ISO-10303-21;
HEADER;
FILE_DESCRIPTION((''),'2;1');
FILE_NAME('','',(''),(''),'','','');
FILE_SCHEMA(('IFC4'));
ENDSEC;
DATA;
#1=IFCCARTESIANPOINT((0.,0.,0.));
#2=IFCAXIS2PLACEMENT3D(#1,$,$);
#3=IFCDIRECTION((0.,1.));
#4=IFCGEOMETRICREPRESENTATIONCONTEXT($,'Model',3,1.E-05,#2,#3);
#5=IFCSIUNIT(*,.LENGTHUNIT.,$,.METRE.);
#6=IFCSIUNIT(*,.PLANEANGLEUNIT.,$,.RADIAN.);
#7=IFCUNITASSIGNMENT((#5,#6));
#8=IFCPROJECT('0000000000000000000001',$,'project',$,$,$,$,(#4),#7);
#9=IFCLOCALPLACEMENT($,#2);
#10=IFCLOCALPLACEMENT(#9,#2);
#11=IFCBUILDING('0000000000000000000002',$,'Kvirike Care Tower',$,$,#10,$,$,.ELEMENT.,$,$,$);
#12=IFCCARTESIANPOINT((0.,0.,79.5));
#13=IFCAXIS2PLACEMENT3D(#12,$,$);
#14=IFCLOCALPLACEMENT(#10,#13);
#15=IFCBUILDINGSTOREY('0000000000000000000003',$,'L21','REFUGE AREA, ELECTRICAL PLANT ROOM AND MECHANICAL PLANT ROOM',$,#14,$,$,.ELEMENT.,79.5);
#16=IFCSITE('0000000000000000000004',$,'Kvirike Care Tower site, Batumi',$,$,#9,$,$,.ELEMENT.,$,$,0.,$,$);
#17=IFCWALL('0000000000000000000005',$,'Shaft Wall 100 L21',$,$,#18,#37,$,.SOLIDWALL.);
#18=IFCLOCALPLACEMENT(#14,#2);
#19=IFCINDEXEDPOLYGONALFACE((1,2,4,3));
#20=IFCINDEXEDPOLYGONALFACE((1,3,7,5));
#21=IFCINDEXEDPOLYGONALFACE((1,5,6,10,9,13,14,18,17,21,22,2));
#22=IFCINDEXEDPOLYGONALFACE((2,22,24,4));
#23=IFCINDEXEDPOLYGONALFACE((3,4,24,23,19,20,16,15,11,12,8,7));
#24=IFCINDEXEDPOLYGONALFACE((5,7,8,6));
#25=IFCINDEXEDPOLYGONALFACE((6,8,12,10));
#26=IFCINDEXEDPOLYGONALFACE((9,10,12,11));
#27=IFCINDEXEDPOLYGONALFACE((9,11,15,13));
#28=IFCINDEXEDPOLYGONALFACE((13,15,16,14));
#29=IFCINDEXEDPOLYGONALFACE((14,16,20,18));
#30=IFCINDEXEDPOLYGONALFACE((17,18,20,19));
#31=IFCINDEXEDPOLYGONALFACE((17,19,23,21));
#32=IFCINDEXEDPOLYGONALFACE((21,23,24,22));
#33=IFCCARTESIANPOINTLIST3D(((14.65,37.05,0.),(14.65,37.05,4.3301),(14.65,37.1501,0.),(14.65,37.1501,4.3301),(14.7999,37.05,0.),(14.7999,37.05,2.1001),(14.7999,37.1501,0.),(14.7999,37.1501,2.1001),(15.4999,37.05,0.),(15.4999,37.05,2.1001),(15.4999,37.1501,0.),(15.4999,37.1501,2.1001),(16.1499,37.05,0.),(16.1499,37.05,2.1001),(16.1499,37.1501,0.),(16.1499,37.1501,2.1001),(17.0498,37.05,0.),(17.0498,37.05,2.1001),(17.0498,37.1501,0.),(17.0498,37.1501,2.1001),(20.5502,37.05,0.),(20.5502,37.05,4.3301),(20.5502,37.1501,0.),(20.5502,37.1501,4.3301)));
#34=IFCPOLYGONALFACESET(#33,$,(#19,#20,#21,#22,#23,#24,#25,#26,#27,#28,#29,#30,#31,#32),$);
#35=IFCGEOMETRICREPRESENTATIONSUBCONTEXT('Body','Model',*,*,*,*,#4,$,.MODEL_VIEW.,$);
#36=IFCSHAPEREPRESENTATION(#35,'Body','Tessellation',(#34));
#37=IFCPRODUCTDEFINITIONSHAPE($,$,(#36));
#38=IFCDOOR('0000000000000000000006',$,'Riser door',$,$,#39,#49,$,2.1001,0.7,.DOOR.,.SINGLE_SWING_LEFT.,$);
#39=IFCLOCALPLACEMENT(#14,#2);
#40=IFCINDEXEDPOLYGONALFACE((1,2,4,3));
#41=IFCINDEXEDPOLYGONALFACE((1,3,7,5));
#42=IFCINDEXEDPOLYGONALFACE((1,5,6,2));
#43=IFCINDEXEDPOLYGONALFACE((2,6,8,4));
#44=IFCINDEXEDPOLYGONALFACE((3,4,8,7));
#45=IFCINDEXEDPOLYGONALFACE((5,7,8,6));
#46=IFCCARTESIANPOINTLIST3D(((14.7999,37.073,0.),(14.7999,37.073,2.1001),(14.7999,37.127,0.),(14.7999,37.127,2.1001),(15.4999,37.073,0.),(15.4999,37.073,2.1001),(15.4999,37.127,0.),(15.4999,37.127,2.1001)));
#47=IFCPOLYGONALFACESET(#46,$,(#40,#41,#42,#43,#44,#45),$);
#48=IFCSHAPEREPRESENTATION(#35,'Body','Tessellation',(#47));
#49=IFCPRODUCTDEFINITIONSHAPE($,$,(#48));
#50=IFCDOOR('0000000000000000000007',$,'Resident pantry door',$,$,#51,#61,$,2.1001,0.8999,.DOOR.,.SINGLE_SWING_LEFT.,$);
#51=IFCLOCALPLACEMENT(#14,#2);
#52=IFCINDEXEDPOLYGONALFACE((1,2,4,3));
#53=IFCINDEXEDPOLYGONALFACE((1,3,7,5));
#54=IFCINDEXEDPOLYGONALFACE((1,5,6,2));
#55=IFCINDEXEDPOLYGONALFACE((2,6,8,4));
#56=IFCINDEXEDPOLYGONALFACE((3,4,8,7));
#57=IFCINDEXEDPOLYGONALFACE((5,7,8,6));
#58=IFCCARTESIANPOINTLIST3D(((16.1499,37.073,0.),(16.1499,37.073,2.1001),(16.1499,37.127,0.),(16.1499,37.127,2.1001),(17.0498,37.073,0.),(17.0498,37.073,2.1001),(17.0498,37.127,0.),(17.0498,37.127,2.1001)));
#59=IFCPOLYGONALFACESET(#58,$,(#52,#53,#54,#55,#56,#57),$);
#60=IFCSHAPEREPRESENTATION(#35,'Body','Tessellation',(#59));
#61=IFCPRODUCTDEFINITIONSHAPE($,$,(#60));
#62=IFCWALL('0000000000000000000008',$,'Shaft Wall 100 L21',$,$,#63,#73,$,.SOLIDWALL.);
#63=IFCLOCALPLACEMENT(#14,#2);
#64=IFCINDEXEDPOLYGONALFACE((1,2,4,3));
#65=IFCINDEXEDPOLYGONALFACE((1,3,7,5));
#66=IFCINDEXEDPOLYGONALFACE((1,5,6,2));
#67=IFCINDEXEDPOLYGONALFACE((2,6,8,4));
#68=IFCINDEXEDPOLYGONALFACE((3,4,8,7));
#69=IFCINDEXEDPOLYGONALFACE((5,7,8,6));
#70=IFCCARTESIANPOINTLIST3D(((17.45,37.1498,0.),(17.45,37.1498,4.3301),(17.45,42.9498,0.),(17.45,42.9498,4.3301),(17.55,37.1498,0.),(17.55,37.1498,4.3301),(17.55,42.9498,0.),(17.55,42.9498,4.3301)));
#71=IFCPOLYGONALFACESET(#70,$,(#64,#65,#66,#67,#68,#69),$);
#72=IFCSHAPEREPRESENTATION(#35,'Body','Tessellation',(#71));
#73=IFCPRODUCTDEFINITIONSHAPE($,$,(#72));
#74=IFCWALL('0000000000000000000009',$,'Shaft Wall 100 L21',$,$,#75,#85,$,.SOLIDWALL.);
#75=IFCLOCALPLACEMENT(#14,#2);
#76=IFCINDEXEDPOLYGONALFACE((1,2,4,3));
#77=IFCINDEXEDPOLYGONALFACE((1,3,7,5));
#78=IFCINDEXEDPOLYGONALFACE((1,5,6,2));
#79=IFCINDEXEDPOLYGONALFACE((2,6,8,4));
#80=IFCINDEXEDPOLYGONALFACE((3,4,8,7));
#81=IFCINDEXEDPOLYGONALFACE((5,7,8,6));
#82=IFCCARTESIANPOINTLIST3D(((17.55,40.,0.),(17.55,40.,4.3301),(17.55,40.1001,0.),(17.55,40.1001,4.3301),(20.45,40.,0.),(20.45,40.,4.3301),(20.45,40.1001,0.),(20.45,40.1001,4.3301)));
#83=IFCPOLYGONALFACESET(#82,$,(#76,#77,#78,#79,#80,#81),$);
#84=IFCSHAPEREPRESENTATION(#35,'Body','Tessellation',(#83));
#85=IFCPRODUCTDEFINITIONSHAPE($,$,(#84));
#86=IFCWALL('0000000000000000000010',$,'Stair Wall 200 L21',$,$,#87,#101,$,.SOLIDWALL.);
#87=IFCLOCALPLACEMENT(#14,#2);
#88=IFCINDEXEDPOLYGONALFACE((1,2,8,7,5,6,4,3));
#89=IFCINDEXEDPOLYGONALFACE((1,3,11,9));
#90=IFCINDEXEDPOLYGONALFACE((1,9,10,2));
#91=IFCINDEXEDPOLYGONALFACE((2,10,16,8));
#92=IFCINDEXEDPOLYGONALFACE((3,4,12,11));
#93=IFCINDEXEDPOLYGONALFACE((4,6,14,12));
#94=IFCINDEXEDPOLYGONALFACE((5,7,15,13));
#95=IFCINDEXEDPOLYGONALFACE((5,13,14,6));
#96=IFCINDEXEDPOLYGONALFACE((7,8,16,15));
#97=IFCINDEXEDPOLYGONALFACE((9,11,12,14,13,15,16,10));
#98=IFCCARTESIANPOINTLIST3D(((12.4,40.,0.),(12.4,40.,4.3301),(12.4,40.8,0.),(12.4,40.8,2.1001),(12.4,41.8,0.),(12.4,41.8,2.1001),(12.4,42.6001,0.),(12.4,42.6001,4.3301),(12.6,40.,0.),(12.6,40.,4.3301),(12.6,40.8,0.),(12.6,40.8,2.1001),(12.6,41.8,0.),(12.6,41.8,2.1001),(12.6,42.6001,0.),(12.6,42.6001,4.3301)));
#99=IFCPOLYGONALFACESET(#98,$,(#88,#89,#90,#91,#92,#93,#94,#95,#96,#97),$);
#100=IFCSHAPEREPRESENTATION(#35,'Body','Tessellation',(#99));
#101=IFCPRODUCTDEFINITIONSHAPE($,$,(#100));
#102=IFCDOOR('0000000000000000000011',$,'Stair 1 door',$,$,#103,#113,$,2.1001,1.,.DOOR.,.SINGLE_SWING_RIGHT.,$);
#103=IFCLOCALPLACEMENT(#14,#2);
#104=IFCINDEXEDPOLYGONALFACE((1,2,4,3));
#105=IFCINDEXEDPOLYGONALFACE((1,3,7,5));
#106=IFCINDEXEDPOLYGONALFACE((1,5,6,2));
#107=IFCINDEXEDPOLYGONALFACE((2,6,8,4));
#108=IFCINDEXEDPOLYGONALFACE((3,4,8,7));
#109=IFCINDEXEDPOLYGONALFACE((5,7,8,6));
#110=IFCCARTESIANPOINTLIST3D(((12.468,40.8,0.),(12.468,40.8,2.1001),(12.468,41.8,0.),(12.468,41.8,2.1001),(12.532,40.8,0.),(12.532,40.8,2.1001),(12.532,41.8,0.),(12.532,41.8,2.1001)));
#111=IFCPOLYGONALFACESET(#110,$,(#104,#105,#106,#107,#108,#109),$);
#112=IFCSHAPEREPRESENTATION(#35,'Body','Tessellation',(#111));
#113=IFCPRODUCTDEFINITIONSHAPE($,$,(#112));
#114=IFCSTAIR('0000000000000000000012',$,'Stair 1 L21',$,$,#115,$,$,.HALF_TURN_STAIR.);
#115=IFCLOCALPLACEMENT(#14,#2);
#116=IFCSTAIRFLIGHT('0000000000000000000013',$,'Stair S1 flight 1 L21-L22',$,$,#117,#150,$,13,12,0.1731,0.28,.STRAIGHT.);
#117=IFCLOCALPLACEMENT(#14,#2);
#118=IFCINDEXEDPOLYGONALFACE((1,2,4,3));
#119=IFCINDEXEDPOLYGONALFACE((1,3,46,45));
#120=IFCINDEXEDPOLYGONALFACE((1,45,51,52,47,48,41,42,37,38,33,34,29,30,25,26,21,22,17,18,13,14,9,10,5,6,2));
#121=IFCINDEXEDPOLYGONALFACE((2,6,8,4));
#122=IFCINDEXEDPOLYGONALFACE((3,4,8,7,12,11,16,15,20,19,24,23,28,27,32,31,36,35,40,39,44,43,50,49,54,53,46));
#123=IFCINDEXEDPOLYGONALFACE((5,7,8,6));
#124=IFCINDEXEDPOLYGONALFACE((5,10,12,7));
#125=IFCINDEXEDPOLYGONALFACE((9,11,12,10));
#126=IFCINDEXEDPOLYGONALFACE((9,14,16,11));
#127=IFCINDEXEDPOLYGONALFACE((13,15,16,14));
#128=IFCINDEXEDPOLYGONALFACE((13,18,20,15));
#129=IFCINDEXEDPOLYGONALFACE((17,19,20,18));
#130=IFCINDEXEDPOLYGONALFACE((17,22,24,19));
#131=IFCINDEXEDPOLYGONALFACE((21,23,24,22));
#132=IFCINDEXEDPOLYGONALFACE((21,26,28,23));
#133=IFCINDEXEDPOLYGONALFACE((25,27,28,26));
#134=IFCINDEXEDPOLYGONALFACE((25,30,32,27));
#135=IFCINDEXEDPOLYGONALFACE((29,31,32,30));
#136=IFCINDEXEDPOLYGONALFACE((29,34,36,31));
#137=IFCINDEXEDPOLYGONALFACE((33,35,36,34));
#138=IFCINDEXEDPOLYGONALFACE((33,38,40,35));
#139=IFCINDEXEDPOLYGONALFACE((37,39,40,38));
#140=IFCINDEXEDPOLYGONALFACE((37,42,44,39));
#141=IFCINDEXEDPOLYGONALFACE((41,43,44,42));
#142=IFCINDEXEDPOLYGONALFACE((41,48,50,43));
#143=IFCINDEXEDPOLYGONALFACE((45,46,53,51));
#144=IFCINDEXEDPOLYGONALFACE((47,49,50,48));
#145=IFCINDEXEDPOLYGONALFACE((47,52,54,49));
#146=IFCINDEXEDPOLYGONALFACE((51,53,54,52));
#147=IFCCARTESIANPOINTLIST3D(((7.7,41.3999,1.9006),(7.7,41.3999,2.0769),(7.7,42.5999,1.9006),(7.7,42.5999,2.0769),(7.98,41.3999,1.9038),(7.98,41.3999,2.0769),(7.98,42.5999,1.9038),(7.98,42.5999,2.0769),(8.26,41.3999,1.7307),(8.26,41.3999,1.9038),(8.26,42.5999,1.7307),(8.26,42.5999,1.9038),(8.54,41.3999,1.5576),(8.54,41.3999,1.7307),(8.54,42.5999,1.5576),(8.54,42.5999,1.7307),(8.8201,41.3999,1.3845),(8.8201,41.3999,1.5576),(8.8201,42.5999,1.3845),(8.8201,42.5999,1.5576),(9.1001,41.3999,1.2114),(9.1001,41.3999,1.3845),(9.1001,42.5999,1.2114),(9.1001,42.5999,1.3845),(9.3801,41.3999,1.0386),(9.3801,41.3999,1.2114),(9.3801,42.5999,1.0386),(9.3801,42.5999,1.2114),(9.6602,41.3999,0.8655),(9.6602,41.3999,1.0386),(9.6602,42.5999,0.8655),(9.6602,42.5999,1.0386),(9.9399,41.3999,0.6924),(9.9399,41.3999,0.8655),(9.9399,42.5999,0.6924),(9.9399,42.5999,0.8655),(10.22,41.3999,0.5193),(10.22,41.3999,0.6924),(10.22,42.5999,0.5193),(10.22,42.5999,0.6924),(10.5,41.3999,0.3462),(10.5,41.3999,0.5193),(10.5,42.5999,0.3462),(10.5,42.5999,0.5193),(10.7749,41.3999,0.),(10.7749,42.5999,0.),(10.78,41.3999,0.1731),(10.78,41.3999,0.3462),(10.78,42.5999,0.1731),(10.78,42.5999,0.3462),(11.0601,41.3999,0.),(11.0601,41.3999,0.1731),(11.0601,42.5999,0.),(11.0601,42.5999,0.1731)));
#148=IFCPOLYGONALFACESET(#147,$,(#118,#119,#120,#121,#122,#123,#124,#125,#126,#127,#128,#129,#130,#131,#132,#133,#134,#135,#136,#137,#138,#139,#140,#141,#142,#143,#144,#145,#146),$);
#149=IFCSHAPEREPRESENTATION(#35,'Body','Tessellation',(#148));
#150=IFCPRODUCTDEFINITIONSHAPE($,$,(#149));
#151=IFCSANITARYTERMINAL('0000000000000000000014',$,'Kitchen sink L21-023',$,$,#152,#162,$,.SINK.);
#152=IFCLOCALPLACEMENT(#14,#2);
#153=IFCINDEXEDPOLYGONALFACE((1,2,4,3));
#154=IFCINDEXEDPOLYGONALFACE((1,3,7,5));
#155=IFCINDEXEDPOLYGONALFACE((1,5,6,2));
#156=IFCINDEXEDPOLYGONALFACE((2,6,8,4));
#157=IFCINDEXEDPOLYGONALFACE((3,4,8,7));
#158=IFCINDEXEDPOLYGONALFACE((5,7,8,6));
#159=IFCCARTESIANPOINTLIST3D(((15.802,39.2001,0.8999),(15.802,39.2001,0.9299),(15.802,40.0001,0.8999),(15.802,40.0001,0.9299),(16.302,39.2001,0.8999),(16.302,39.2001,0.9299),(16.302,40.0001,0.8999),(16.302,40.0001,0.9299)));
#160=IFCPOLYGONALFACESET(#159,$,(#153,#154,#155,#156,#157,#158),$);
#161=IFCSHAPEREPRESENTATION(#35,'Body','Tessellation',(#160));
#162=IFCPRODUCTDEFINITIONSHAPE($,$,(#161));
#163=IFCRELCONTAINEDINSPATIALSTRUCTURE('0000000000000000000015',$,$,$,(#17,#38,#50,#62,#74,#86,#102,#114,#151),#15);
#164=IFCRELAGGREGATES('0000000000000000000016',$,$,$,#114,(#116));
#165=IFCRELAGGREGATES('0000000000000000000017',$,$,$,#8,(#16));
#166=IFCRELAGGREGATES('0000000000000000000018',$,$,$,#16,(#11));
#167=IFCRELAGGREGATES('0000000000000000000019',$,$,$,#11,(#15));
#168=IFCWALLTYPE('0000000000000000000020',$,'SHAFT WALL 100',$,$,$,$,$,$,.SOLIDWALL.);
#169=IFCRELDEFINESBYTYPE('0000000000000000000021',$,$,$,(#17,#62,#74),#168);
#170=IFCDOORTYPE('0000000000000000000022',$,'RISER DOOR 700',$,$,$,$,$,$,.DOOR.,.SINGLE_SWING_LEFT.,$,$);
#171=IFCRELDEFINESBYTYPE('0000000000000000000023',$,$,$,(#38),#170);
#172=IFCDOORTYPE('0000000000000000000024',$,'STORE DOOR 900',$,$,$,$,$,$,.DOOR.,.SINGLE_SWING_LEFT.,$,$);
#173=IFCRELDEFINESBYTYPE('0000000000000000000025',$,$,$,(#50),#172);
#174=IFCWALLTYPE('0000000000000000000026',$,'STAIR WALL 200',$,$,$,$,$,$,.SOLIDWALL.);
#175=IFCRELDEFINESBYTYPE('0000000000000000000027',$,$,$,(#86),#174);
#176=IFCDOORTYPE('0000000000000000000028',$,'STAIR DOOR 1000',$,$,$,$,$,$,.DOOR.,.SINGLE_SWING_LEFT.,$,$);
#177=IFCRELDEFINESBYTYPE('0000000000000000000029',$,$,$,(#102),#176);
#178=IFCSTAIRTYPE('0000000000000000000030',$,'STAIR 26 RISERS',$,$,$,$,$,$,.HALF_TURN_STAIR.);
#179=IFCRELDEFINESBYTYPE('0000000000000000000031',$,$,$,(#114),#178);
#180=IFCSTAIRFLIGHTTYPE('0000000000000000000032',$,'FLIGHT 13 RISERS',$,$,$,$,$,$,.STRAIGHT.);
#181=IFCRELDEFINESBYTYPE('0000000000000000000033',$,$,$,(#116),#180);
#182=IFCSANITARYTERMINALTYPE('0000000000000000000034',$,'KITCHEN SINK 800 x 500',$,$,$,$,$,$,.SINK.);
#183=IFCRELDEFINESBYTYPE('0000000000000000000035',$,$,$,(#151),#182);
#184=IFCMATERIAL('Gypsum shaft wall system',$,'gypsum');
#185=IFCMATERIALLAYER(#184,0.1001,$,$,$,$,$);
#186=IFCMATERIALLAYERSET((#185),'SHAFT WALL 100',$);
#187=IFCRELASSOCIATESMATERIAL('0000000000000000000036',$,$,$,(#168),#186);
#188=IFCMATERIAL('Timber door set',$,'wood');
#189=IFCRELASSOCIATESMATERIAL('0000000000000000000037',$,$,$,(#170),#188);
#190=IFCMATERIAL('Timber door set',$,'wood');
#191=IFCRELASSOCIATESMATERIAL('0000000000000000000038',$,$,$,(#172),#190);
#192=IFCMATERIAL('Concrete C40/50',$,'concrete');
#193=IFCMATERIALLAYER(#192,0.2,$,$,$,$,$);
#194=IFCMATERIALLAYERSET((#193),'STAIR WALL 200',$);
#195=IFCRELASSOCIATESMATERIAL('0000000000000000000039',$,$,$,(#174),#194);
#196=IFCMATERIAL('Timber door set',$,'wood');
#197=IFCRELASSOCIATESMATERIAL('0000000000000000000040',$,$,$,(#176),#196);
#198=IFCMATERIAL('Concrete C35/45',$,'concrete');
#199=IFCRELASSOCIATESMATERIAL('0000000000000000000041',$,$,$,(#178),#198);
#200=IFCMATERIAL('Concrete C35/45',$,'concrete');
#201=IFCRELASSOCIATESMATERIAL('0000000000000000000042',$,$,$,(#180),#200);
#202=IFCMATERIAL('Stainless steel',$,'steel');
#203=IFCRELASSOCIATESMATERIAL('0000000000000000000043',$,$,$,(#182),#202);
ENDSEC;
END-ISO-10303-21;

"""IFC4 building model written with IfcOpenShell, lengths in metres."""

from ifc_helpers import new_model, si_unit, direction, frame, frame_2d, origin, origin_2d, place, context, subcontext, project, spatial, polyline, rectangle, outline, extrude, material, layer, layer_set, type_object, element, fill, aggregate, save


model = new_model("IFC4")

# Units and contexts
model_context = context("Model", 3, precision=1e-05, world=origin(), true_north=direction((0.0, 1.0)))
body_context = subcontext(model_context, "Body", "Model", "MODEL_VIEW")
ifc_project = project(units=[si_unit("LENGTHUNIT", "METRE"), si_unit("PLANEANGLEUNIT", "RADIAN")], contexts=[model_context])

# Site, building, storey
site_placement = place(None, origin())
site = spatial("IfcSite", under=ifc_project, at=site_placement, Name="Kvirike Care Tower site, Batumi", CompositionType="ELEMENT", RefElevation=0.0)
building_placement = place(site_placement, origin())
building = spatial("IfcBuilding", under=site, at=building_placement, Name="Kvirike Care Tower", CompositionType="ELEMENT")
storey_placement = place(building_placement, frame((0.0, 0.0, 79.5)))
storey = spatial("IfcBuildingStorey", under=building, at=storey_placement, Name="L21", Description="REFUGE AREA, ELECTRICAL PLANT ROOM AND MECHANICAL PLANT ROOM", CompositionType="ELEMENT", Elevation=79.5)

# Shared definitions
ifc_material_1 = material(Name="Gypsum shaft wall system", Category="gypsum")
ifc_layer_1 = layer(ifc_material_1, 0.1001)
ifc_layer_set_1 = layer_set([ifc_layer_1], Name="SHAFT WALL 100")
wall_type_1 = type_object("IfcWallType", Name="SHAFT WALL 100", PredefinedType="SOLIDWALL", material=ifc_layer_set_1)

# Shared definitions
ifc_material_2 = material(Name="Timber door set", Category="wood")
door_type_1 = type_object("IfcDoorType", Name="RISER DOOR 700", OperationType="SINGLE_SWING_LEFT", PredefinedType="DOOR", material=ifc_material_2)

# Wall, openings, doors
wall_1_placement = place(storey_placement, frame((14.6499, 37.1001, 0.0), z_axis=(0.0, 0.0, 1.0), x_axis=(1.0, 0.0, 0.0)))
wall_1 = element("IfcWall", 1, at=wall_1_placement, inside=storey, type_object=wall_type_1, Name="Shaft Wall 100 L21", PredefinedType="SOLIDWALL", context=body_context, shape_type="SweptSolid", body=[
    extrude(rectangle(XDim=5.9001, YDim=0.1001, at=frame_2d((2.9502, 0.0))), origin(), (0.0, 0.0, 1.0), 4.3301),
])
opening_1_placement = place(wall_1_placement, frame((0.1499, 0.0, 0.0)))
opening_1 = element("IfcOpeningElement", 2, at=opening_1_placement, cuts=wall_1, PredefinedType="OPENING", context=body_context, shape_type="SweptSolid", body=[
    extrude(rectangle(XDim=0.7, YDim=2.1001, at=frame_2d((0.3501, 1.05))), frame((0.0, 0.0605, 0.0), z_axis=(0.0, -1.0, 0.0), x_axis=(1.0, 0.0, 0.0)), (0.0, 0.0, 1.0), 0.1211),
])
opening_2_placement = place(wall_1_placement, frame((1.5, 0.0, 0.0)))
opening_2 = element("IfcOpeningElement", 3, at=opening_2_placement, cuts=wall_1, PredefinedType="OPENING", context=body_context, shape_type="SweptSolid", body=[
    extrude(rectangle(XDim=0.8999, YDim=2.1001, at=frame_2d((0.45, 1.05))), frame((0.0, 0.0605, 0.0), z_axis=(0.0, -1.0, 0.0), x_axis=(1.0, 0.0, 0.0)), (0.0, 0.0, 1.0), 0.1211),
])
door_1_placement = place(opening_1_placement, origin())
door_1 = element("IfcDoor", 4, at=door_1_placement, inside=storey, type_object=door_type_1, Name="Riser door", OperationType="SINGLE_SWING_LEFT", OverallHeight=2.1001, OverallWidth=0.7, PredefinedType="DOOR", context=body_context, shape_type="SweptSolid", body=[
    extrude(rectangle(XDim=0.7, YDim=2.1001, at=frame_2d((0.3501, 1.05))), frame((0.0, 0.0269, 0.0), z_axis=(0.0, -1.0, 0.0), x_axis=(1.0, 0.0, 0.0)), (0.0, 0.0, 1.0), 0.054),
])
fill(opening_1, door_1)
ifc_material_3 = material(Name="Timber door set", Category="wood")
door_type_2 = type_object("IfcDoorType", Name="STORE DOOR 900", OperationType="SINGLE_SWING_LEFT", PredefinedType="DOOR", material=ifc_material_3)
door_2_placement = place(opening_2_placement, origin())
door_2 = element("IfcDoor", 5, at=door_2_placement, inside=storey, type_object=door_type_2, Name="Resident pantry door", OperationType="SINGLE_SWING_LEFT", OverallHeight=2.1001, OverallWidth=0.8999, PredefinedType="DOOR", context=body_context, shape_type="SweptSolid", body=[
    extrude(rectangle(XDim=0.8999, YDim=2.1001, at=frame_2d((0.45, 1.05))), frame((0.0, 0.0269, 0.0), z_axis=(0.0, -1.0, 0.0), x_axis=(1.0, 0.0, 0.0)), (0.0, 0.0, 1.0), 0.054),
])
fill(opening_2, door_2)

# Walls
wall_2_placement = place(storey_placement, frame((17.5, 37.1499, 0.0), z_axis=(0.0, 0.0, 1.0), x_axis=(0.0, 1.0, 0.0)))
element("IfcWall", 6, at=wall_2_placement, inside=storey, type_object=wall_type_1, Name="Shaft Wall 100 L21", PredefinedType="SOLIDWALL", context=body_context, shape_type="SweptSolid", body=[
    extrude(rectangle(XDim=5.8, YDim=0.1001, at=frame_2d((2.8999, 0.0))), origin(), (0.0, 0.0, 1.0), 4.3301),
])
wall_3_placement = place(storey_placement, frame((17.55, 40.05, 0.0), z_axis=(0.0, 0.0, 1.0), x_axis=(1.0, 0.0, 0.0)))
element("IfcWall", 7, at=wall_3_placement, inside=storey, type_object=wall_type_1, Name="Shaft Wall 100 L21", PredefinedType="SOLIDWALL", context=body_context, shape_type="SweptSolid", body=[
    extrude(rectangle(XDim=2.8999, YDim=0.1001, at=frame_2d((1.45, 0.0))), origin(), (0.0, 0.0, 1.0), 4.3301),
])

# Wall, opening, door
ifc_material_4 = material(Name="Concrete C40/50", Category="concrete")
ifc_layer_2 = layer(ifc_material_4, 0.2)
ifc_layer_set_2 = layer_set([ifc_layer_2], Name="STAIR WALL 200")
wall_type_2 = type_object("IfcWallType", Name="STAIR WALL 200", PredefinedType="SOLIDWALL", material=ifc_layer_set_2)
wall_4_placement = place(storey_placement, frame((12.5, 42.6001, 0.0), z_axis=(0.0, 0.0, 1.0), x_axis=(0.0, -1.0, 0.0)))
wall_4 = element("IfcWall", 8, at=wall_4_placement, inside=storey, type_object=wall_type_2, Name="Stair Wall 200 L21", PredefinedType="SOLIDWALL", context=body_context, shape_type="SweptSolid", body=[
    extrude(rectangle(XDim=2.6001, YDim=0.2, at=frame_2d((1.3, 0.0))), origin(), (0.0, 0.0, 1.0), 4.3301),
])
opening_3_placement = place(wall_4_placement, frame((0.8, 0.0, 0.0)))
opening_3 = element("IfcOpeningElement", 9, at=opening_3_placement, cuts=wall_4, PredefinedType="OPENING", context=body_context, shape_type="SweptSolid", body=[
    extrude(rectangle(XDim=1.0, YDim=2.1001, at=frame_2d((0.5, 1.05))), frame((0.0, 0.1106, 0.0), z_axis=(0.0, -1.0, 0.0), x_axis=(1.0, 0.0, 0.0)), (0.0, 0.0, 1.0), 0.2209),
])
ifc_material_5 = material(Name="Timber door set", Category="wood")
door_type_3 = type_object("IfcDoorType", Name="STAIR DOOR 1000", OperationType="SINGLE_SWING_LEFT", PredefinedType="DOOR", material=ifc_material_5)
door_3_placement = place(opening_3_placement, frame((1.0, 0.0, 0.0), z_axis=(0.0, 0.0, 1.0), x_axis=(-1.0, 0.0, 0.0)))
door_3 = element("IfcDoor", 10, at=door_3_placement, inside=storey, type_object=door_type_3, Name="Stair 1 door", OperationType="SINGLE_SWING_RIGHT", OverallHeight=2.1001, OverallWidth=1.0, PredefinedType="DOOR", context=body_context, shape_type="SweptSolid", body=[
    extrude(rectangle(XDim=1.0, YDim=2.1001, at=frame_2d((0.5, 1.05))), frame((0.0, 0.032, 0.0), z_axis=(0.0, -1.0, 0.0), x_axis=(1.0, 0.0, 0.0)), (0.0, 0.0, 1.0), 0.064),
])
fill(opening_3, door_3)

# Stair, stair flight
ifc_material_6 = material(Name="Concrete C35/45", Category="concrete")
stair_type = type_object("IfcStairType", Name="STAIR 26 RISERS", PredefinedType="HALF_TURN_STAIR", material=ifc_material_6)
stair_placement = place(storey_placement, origin())
stair = element("IfcStair", 11, at=stair_placement, inside=storey, type_object=stair_type, Name="Stair 1 L21", PredefinedType="HALF_TURN_STAIR")
ifc_material_7 = material(Name="Concrete C35/45", Category="concrete")
stair_flight_type = type_object("IfcStairFlightType", Name="FLIGHT 13 RISERS", PredefinedType="STRAIGHT", material=ifc_material_7)
stair_flight_placement = place(storey_placement, frame((11.0601, 42.0, 0.0), z_axis=(0.0, 0.0, 1.0), x_axis=(-1.0, 0.0, 0.0)))
stair_flight = element("IfcStairFlight", 12, at=stair_flight_placement, type_object=stair_flight_type, Name="Stair S1 flight 1 L21-L22", NumberOfRisers=13, NumberOfTreads=12, PredefinedType="STRAIGHT", RiserHeight=0.1731, TreadLength=0.28, context=body_context, shape_type="SweptSolid", body=[
    extrude(outline(polyline([(0.0, 0.0), (0.0, 0.1731), (0.28, 0.1731), (0.28, 0.3462), (0.5601, 0.3462), (0.5601, 0.5193), (0.8401, 0.5193), (0.8401, 0.6924), (1.1201, 0.6924), (1.1201, 0.8655), (1.3999, 0.8655), (1.3999, 1.0386), (1.6799, 1.0386), (1.6799, 1.2114), (1.96, 1.2114), (1.96, 1.3845), (2.24, 1.3845), (2.24, 1.5576), (2.52, 1.5576), (2.52, 1.7307), (2.8, 1.7307), (2.8, 1.9038), (3.0801, 1.9038), (3.0801, 2.0769), (3.3601, 2.0769), (3.3601, 2.25), (3.3601, 1.9006), (0.2852, 0.0), (0.0, 0.0)])), frame((0.0, 0.6001, 0.0), z_axis=(0.0, -1.0, 0.0), x_axis=(1.0, 0.0, 0.0)), (0.0, 0.0, 1.0), 1.2),
])
aggregate(stair, [stair_flight])

# Sanitary terminal
ifc_material_8 = material(Name="Stainless steel", Category="steel")
sanitary_terminal_type = type_object("IfcSanitaryTerminalType", Name="KITCHEN SINK 800 x 500", PredefinedType="SINK", material=ifc_material_8)
sanitary_terminal_placement = place(storey_placement, frame((16.052, 39.6001, 0.8999), z_axis=(0.0, 0.0, 1.0), x_axis=(0.0, 1.0, 0.0)))
element("IfcSanitaryTerminal", 13, at=sanitary_terminal_placement, inside=storey, type_object=sanitary_terminal_type, Name="Kitchen sink L21-023", PredefinedType="SINK", context=body_context, shape_type="SweptSolid", body=[
    extrude(rectangle(XDim=0.8, YDim=0.5, at=origin_2d()), origin(), (0.0, 0.0, 1.0), 0.03),
])

save(model, "model.ifc")
